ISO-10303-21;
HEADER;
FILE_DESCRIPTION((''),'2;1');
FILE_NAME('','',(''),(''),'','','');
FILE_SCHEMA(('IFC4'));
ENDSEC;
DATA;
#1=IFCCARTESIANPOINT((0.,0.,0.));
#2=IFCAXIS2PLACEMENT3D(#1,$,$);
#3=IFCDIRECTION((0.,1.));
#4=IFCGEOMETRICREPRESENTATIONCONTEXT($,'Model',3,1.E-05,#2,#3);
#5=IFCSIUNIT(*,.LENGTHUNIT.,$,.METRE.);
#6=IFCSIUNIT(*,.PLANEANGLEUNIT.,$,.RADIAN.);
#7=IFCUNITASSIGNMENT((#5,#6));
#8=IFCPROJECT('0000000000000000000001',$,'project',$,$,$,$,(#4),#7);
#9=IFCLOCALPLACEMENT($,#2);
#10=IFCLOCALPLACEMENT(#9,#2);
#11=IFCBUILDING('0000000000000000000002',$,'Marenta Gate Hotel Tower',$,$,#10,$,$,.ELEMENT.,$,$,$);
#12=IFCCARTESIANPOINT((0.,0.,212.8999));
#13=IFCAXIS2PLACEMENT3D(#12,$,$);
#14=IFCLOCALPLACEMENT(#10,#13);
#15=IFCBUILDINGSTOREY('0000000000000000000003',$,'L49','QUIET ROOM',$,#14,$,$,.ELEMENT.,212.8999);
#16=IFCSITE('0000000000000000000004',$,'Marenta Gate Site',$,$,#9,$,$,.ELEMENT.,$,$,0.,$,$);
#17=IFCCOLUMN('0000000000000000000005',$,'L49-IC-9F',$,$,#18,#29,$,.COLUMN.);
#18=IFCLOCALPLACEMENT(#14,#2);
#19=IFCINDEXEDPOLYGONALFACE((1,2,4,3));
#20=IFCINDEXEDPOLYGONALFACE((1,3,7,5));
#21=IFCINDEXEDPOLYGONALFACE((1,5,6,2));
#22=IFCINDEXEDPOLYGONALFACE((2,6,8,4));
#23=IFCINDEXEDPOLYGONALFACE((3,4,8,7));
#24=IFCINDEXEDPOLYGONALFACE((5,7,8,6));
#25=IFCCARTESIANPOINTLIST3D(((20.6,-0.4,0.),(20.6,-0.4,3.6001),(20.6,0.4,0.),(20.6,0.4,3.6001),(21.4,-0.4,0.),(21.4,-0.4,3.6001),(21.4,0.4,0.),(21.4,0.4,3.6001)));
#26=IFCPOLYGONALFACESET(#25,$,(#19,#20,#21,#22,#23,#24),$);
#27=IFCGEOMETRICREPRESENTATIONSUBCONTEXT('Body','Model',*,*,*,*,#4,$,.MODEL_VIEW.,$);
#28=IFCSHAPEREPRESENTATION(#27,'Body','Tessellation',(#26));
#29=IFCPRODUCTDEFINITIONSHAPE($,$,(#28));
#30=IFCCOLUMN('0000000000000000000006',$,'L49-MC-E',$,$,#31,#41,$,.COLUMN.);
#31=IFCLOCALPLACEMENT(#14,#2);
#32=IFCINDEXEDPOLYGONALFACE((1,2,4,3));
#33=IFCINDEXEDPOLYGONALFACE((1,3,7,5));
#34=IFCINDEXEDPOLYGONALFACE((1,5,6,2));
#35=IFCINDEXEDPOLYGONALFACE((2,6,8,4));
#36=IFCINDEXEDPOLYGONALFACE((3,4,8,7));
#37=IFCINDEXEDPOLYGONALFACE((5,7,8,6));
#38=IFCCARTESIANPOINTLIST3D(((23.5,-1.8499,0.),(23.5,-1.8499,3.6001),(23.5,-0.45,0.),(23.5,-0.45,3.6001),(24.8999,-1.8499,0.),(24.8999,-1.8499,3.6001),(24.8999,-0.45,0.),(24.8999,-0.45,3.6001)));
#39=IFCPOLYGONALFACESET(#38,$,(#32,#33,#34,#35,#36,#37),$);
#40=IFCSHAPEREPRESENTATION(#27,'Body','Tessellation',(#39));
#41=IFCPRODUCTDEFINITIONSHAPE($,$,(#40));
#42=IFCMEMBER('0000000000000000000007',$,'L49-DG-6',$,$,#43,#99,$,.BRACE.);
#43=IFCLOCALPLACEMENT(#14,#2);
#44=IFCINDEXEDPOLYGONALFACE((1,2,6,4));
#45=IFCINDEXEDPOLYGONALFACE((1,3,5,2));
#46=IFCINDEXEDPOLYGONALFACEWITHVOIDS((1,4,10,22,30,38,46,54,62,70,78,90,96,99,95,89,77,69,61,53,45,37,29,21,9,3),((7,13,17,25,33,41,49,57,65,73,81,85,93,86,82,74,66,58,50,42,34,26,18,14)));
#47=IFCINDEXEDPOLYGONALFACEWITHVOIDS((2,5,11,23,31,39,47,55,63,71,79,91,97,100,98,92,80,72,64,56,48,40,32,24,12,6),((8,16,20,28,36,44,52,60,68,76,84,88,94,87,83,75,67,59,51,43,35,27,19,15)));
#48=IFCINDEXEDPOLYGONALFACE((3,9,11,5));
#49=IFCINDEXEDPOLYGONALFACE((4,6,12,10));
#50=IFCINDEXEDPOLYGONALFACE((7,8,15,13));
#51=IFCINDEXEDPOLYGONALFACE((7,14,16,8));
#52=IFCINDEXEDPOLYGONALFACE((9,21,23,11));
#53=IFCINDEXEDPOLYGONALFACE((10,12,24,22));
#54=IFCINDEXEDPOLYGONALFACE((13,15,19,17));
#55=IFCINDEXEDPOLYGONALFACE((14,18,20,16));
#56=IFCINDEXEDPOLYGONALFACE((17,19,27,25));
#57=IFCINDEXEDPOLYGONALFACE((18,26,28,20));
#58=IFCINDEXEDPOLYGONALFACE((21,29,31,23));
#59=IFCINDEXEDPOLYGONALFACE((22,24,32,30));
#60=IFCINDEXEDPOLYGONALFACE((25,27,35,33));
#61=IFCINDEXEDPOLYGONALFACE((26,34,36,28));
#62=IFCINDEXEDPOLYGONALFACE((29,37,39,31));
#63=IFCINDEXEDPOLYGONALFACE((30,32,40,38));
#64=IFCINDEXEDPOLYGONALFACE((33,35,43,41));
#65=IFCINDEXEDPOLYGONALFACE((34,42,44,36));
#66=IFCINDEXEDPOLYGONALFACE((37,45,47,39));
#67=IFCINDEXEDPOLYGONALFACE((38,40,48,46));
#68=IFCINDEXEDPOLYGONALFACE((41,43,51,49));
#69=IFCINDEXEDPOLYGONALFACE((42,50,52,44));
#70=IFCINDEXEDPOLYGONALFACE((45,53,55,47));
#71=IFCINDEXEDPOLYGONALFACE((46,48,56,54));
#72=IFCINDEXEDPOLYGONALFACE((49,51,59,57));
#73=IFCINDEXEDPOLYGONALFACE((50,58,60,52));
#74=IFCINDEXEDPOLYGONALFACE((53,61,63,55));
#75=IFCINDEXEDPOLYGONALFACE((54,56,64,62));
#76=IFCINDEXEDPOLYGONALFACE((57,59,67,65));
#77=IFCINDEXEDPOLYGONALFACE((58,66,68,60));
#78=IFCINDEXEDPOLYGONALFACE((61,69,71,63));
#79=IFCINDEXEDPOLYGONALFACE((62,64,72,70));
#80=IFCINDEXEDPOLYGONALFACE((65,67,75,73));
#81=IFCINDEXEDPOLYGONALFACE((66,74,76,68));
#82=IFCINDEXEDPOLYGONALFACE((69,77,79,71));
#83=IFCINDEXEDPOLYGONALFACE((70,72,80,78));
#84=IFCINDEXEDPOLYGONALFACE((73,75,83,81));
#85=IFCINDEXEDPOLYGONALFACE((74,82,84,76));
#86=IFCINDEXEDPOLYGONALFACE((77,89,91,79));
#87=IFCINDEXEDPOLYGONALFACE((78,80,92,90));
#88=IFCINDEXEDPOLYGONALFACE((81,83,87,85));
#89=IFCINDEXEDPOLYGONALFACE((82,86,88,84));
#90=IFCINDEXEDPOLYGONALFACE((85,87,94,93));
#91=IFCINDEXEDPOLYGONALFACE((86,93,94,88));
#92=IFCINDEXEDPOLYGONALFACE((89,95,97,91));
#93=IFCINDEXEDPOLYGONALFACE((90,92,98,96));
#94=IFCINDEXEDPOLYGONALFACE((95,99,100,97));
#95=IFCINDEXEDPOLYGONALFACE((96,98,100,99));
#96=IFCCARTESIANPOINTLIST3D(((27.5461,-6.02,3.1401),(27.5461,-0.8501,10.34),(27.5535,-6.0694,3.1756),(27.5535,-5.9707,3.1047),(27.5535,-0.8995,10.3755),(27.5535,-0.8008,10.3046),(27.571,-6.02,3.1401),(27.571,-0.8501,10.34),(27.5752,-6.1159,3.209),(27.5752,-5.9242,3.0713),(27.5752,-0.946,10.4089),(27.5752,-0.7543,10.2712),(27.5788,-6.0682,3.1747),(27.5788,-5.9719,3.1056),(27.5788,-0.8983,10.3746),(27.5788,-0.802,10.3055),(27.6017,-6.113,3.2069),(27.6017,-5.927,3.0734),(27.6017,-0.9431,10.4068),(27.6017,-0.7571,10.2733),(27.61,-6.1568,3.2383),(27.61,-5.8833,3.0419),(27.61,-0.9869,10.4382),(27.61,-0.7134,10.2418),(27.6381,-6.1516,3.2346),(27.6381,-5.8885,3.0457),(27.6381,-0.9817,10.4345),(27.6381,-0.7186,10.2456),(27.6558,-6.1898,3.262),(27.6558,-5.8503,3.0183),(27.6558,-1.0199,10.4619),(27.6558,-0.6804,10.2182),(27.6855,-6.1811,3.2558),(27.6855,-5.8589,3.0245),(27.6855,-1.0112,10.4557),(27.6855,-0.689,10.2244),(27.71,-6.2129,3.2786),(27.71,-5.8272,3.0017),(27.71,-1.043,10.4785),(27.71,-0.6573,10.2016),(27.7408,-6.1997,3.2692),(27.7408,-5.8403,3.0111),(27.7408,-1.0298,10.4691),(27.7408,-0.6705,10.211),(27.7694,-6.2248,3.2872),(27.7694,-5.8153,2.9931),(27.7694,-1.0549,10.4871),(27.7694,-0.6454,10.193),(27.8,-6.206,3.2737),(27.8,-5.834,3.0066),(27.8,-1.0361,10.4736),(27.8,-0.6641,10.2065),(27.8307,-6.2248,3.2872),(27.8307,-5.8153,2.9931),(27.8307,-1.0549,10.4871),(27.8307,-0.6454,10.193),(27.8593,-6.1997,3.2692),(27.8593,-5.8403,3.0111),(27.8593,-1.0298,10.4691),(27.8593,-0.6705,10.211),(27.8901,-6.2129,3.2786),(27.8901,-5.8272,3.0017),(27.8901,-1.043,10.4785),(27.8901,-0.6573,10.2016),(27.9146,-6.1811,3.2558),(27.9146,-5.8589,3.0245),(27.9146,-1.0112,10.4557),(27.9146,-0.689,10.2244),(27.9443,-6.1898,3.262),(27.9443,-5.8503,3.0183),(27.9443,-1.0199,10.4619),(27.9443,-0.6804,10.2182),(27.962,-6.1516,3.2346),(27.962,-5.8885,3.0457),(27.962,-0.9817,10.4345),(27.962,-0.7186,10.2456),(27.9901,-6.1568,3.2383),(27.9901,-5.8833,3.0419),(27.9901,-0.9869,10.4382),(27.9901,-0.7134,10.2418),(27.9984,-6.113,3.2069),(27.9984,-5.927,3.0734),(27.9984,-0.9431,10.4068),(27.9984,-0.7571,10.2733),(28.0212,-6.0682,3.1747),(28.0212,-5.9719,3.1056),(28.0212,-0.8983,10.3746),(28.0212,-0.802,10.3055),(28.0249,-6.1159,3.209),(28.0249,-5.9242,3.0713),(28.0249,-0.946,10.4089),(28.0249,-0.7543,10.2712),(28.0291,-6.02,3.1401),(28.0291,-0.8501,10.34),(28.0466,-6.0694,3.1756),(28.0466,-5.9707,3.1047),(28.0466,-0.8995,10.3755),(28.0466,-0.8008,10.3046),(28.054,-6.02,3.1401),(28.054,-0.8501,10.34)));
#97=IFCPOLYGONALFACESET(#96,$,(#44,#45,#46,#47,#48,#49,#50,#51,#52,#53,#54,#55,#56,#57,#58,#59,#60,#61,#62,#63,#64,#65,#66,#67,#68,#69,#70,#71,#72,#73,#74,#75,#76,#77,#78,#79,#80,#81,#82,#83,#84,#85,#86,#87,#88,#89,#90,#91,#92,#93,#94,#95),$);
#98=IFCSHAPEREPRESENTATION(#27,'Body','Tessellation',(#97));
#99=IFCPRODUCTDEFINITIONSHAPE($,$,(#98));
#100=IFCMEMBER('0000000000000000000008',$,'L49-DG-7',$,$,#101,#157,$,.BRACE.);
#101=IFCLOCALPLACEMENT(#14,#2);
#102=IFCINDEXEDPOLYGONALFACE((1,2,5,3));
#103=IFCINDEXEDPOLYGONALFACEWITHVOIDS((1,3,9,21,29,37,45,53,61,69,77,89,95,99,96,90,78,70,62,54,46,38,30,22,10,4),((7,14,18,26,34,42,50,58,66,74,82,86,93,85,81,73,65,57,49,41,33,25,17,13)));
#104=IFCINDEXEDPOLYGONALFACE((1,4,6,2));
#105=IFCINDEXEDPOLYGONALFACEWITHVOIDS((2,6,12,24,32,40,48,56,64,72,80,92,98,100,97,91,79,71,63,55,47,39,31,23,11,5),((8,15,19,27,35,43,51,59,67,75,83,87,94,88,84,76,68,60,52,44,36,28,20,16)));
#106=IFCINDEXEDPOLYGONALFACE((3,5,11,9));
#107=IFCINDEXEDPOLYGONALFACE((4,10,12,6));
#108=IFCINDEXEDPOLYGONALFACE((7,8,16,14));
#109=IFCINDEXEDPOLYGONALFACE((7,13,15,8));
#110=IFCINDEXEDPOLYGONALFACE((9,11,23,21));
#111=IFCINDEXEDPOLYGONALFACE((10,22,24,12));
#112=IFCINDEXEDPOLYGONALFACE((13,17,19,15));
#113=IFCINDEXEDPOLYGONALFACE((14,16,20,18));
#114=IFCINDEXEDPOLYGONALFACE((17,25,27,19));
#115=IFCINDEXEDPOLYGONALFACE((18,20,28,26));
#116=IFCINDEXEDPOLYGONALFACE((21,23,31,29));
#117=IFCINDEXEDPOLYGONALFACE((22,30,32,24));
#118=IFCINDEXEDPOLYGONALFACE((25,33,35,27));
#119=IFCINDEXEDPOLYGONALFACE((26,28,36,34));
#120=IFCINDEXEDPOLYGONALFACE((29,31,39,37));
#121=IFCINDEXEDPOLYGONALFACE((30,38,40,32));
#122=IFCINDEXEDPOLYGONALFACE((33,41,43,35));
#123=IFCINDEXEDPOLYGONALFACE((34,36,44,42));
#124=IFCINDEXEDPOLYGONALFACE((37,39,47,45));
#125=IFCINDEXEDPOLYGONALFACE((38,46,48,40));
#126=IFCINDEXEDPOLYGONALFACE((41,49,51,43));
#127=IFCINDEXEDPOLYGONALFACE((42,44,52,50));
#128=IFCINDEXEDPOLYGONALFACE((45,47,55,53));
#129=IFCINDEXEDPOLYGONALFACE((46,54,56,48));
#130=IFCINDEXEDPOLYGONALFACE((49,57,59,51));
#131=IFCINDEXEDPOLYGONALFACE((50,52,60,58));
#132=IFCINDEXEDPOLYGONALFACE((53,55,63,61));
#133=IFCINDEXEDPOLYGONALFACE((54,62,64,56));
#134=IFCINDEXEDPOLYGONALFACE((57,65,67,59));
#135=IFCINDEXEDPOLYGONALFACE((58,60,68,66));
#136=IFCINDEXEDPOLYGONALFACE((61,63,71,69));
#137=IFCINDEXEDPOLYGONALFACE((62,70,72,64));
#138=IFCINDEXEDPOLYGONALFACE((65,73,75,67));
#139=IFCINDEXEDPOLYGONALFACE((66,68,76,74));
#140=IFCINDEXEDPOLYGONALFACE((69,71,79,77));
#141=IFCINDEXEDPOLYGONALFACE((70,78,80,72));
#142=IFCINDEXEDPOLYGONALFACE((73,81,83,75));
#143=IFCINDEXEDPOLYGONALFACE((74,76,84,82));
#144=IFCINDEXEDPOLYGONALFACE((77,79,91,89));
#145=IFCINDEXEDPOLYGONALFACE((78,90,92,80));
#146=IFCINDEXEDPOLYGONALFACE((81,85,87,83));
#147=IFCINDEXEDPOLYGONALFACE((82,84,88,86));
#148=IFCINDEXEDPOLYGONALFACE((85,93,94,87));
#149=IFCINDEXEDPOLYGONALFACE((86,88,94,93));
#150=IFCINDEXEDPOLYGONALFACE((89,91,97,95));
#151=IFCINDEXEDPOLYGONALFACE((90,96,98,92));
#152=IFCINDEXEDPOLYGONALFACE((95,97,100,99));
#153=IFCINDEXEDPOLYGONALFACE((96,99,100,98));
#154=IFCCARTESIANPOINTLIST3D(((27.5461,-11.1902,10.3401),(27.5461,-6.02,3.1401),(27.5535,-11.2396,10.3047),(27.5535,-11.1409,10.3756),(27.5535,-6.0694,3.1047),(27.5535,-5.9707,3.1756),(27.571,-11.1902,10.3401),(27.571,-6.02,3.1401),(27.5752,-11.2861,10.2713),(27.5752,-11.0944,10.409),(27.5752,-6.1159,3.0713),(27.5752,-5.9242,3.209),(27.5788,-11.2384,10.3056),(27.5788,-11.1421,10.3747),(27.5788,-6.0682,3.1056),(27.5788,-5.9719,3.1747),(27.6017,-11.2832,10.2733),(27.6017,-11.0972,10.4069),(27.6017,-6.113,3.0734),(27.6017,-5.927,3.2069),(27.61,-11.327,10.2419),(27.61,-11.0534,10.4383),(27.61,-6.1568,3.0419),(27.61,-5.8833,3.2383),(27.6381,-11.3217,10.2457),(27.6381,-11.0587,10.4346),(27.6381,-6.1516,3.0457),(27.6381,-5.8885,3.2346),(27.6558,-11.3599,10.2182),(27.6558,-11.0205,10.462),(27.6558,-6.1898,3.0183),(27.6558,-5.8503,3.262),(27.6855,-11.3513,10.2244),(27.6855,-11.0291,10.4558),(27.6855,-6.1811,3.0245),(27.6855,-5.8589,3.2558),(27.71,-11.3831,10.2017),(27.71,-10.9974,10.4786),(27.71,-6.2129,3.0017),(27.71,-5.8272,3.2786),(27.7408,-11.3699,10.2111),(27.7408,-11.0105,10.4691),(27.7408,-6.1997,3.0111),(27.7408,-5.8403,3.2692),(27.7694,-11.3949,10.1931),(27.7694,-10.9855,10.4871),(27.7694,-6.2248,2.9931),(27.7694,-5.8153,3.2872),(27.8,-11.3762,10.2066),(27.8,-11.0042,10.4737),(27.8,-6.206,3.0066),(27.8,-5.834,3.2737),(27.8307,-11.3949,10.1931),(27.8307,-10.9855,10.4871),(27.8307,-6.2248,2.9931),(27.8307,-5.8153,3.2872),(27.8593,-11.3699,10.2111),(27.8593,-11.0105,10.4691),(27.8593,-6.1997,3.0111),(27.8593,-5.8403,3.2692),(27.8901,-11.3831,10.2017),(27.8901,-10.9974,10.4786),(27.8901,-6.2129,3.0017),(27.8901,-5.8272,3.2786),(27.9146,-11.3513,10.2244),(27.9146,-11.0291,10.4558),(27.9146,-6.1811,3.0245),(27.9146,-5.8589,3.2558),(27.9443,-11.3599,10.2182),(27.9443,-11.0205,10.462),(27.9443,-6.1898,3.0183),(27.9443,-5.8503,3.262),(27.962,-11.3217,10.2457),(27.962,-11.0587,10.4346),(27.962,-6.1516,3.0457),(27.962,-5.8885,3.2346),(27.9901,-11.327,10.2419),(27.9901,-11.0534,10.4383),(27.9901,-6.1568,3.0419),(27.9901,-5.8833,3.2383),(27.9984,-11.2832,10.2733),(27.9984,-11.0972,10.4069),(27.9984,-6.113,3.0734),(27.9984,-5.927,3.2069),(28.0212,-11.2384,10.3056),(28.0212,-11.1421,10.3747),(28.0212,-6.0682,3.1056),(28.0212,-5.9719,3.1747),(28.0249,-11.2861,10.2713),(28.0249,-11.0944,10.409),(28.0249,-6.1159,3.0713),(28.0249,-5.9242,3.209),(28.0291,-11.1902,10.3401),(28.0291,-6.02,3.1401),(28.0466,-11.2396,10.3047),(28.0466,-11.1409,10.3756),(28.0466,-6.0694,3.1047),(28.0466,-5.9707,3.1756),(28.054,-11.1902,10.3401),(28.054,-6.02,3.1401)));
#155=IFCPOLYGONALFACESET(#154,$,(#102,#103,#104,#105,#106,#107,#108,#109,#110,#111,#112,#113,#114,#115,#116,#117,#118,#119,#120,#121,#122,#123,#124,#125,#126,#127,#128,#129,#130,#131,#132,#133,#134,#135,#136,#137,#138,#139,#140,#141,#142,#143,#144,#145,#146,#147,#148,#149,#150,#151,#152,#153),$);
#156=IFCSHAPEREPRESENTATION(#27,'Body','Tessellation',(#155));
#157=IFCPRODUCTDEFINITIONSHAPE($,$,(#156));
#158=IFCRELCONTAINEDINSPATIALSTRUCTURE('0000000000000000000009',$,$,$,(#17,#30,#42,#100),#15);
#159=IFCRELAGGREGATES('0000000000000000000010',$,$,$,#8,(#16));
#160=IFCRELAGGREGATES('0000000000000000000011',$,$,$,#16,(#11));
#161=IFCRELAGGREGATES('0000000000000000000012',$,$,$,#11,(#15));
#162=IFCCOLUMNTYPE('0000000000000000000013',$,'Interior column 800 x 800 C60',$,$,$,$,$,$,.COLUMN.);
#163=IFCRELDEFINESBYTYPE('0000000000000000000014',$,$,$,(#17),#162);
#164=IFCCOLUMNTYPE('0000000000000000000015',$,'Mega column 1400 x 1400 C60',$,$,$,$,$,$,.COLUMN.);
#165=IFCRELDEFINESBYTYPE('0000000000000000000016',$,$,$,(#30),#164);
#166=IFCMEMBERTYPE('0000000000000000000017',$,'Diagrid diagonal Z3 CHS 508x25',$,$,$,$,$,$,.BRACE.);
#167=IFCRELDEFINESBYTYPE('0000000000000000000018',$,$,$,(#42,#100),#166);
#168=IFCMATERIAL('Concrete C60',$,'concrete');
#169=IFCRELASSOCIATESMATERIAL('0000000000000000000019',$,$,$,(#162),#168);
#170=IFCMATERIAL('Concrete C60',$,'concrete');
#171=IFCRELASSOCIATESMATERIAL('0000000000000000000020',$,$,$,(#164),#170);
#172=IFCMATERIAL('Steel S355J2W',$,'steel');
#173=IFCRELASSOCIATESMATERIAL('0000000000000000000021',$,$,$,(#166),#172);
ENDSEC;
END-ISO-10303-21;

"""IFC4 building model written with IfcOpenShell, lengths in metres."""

from ifc_helpers import new_model, si_unit, direction, frame, origin, origin_2d, place, context, subcontext, project, spatial, rectangle, hollow_circle, extrude, material, material_profile, profile_set, type_object, element, save


model = new_model("IFC4")

# Units and contexts
model_context = context("Model", 3, precision=1e-05, world=origin(), true_north=direction((0.0, 1.0)))
body_context = subcontext(model_context, "Body", "Model", "MODEL_VIEW")
ifc_project = project(units=[si_unit("LENGTHUNIT", "METRE"), si_unit("PLANEANGLEUNIT", "RADIAN")], contexts=[model_context])

# Site, building, storey
site_placement = place(None, origin())
site = spatial("IfcSite", under=ifc_project, at=site_placement, Name="Marenta Gate Site", CompositionType="ELEMENT", RefElevation=0.0)
building_placement = place(site_placement, origin())
building = spatial("IfcBuilding", under=site, at=building_placement, Name="Marenta Gate Hotel Tower", CompositionType="ELEMENT")
storey_placement = place(building_placement, frame((0.0, 0.0, 212.8999)))
storey = spatial("IfcBuildingStorey", under=building, at=storey_placement, Name="L49", Description="QUIET ROOM", CompositionType="ELEMENT", Elevation=212.8999)

# Columns
ifc_material_1 = material(Name="Concrete C60", Category="concrete")
ifc_material_profile_1 = material_profile(ifc_material_1, rectangle(XDim=0.8, YDim=0.8, at=origin_2d()), Name="800 x 800")
ifc_profile_set_1 = profile_set([ifc_material_profile_1], Name="Concrete C60")
column_type_1 = type_object("IfcColumnType", Name="Interior column 800 x 800 C60", PredefinedType="COLUMN", material=ifc_profile_set_1)
column_1_placement = place(storey_placement, frame((21.0, 0.0, 0.0), z_axis=(0.0, 0.0, 1.0), x_axis=(1.0, 0.0, 0.0)))
element("IfcColumn", 1, at=column_1_placement, inside=storey, type_object=column_type_1, Name="L49-IC-9F", PredefinedType="COLUMN", context=body_context, shape_type="SweptSolid", body=[
    extrude(rectangle(XDim=0.8, YDim=0.8, at=origin_2d()), origin(), (0.0, 0.0, 1.0), 3.6001),
])
ifc_material_2 = material(Name="Concrete C60", Category="concrete")
ifc_material_profile_2 = material_profile(ifc_material_2, rectangle(XDim=1.3999, YDim=1.3999, at=origin_2d()), Name="1400 x 1400")
ifc_profile_set_2 = profile_set([ifc_material_profile_2], Name="Concrete C60")
column_type_2 = type_object("IfcColumnType", Name="Mega column 1400 x 1400 C60", PredefinedType="COLUMN", material=ifc_profile_set_2)
column_2_placement = place(storey_placement, frame((24.2, -1.1499, 0.0), z_axis=(0.0, 0.0, 1.0), x_axis=(1.0, 0.0, 0.0)))
element("IfcColumn", 2, at=column_2_placement, inside=storey, type_object=column_type_2, Name="L49-MC-E", PredefinedType="COLUMN", context=body_context, shape_type="SweptSolid", body=[
    extrude(rectangle(XDim=1.3999, YDim=1.3999, at=origin_2d()), origin(), (0.0, 0.0, 1.0), 3.6001),
])

# Members
ifc_material_3 = material(Name="Steel S355J2W", Category="steel")
ifc_material_profile_3 = material_profile(ifc_material_3, hollow_circle(Radius=0.2539, WallThickness=0.0249, at=origin_2d()), Name="CHS 508x25")
ifc_profile_set_3 = profile_set([ifc_material_profile_3], Name="Steel S355J2W")
member_type_1 = type_object("IfcMemberType", Name="Diagrid diagonal Z3 CHS 508x25", PredefinedType="BRACE", material=ifc_profile_set_3)
member_1_placement = place(storey_placement, frame((27.8, -6.02, 3.1401), z_axis=(0.0, 0.583261, 0.812285), x_axis=(-1.0, 0.0, 0.0)))
element("IfcMember", 3, at=member_1_placement, inside=storey, type_object=member_type_1, Name="L49-DG-6", PredefinedType="BRACE", context=body_context, shape_type="SweptSolid", body=[
    extrude(hollow_circle(Radius=0.2539, WallThickness=0.0249, at=origin_2d()), origin(), (0.0, 0.0, 1.0), 8.8638),
])
member_2_placement = place(storey_placement, frame((27.8, -6.02, 3.1401), z_axis=(0.0, -0.583279, 0.812272), x_axis=(1.0, 0.0, 0.0)))
element("IfcMember", 4, at=member_2_placement, inside=storey, type_object=member_type_1, Name="L49-DG-7", PredefinedType="BRACE", context=body_context, shape_type="SweptSolid", body=[
    extrude(hollow_circle(Radius=0.2539, WallThickness=0.0249, at=origin_2d()), origin(), (0.0, 0.0, 1.0), 8.864),
])

save(model, "model.ifc")
